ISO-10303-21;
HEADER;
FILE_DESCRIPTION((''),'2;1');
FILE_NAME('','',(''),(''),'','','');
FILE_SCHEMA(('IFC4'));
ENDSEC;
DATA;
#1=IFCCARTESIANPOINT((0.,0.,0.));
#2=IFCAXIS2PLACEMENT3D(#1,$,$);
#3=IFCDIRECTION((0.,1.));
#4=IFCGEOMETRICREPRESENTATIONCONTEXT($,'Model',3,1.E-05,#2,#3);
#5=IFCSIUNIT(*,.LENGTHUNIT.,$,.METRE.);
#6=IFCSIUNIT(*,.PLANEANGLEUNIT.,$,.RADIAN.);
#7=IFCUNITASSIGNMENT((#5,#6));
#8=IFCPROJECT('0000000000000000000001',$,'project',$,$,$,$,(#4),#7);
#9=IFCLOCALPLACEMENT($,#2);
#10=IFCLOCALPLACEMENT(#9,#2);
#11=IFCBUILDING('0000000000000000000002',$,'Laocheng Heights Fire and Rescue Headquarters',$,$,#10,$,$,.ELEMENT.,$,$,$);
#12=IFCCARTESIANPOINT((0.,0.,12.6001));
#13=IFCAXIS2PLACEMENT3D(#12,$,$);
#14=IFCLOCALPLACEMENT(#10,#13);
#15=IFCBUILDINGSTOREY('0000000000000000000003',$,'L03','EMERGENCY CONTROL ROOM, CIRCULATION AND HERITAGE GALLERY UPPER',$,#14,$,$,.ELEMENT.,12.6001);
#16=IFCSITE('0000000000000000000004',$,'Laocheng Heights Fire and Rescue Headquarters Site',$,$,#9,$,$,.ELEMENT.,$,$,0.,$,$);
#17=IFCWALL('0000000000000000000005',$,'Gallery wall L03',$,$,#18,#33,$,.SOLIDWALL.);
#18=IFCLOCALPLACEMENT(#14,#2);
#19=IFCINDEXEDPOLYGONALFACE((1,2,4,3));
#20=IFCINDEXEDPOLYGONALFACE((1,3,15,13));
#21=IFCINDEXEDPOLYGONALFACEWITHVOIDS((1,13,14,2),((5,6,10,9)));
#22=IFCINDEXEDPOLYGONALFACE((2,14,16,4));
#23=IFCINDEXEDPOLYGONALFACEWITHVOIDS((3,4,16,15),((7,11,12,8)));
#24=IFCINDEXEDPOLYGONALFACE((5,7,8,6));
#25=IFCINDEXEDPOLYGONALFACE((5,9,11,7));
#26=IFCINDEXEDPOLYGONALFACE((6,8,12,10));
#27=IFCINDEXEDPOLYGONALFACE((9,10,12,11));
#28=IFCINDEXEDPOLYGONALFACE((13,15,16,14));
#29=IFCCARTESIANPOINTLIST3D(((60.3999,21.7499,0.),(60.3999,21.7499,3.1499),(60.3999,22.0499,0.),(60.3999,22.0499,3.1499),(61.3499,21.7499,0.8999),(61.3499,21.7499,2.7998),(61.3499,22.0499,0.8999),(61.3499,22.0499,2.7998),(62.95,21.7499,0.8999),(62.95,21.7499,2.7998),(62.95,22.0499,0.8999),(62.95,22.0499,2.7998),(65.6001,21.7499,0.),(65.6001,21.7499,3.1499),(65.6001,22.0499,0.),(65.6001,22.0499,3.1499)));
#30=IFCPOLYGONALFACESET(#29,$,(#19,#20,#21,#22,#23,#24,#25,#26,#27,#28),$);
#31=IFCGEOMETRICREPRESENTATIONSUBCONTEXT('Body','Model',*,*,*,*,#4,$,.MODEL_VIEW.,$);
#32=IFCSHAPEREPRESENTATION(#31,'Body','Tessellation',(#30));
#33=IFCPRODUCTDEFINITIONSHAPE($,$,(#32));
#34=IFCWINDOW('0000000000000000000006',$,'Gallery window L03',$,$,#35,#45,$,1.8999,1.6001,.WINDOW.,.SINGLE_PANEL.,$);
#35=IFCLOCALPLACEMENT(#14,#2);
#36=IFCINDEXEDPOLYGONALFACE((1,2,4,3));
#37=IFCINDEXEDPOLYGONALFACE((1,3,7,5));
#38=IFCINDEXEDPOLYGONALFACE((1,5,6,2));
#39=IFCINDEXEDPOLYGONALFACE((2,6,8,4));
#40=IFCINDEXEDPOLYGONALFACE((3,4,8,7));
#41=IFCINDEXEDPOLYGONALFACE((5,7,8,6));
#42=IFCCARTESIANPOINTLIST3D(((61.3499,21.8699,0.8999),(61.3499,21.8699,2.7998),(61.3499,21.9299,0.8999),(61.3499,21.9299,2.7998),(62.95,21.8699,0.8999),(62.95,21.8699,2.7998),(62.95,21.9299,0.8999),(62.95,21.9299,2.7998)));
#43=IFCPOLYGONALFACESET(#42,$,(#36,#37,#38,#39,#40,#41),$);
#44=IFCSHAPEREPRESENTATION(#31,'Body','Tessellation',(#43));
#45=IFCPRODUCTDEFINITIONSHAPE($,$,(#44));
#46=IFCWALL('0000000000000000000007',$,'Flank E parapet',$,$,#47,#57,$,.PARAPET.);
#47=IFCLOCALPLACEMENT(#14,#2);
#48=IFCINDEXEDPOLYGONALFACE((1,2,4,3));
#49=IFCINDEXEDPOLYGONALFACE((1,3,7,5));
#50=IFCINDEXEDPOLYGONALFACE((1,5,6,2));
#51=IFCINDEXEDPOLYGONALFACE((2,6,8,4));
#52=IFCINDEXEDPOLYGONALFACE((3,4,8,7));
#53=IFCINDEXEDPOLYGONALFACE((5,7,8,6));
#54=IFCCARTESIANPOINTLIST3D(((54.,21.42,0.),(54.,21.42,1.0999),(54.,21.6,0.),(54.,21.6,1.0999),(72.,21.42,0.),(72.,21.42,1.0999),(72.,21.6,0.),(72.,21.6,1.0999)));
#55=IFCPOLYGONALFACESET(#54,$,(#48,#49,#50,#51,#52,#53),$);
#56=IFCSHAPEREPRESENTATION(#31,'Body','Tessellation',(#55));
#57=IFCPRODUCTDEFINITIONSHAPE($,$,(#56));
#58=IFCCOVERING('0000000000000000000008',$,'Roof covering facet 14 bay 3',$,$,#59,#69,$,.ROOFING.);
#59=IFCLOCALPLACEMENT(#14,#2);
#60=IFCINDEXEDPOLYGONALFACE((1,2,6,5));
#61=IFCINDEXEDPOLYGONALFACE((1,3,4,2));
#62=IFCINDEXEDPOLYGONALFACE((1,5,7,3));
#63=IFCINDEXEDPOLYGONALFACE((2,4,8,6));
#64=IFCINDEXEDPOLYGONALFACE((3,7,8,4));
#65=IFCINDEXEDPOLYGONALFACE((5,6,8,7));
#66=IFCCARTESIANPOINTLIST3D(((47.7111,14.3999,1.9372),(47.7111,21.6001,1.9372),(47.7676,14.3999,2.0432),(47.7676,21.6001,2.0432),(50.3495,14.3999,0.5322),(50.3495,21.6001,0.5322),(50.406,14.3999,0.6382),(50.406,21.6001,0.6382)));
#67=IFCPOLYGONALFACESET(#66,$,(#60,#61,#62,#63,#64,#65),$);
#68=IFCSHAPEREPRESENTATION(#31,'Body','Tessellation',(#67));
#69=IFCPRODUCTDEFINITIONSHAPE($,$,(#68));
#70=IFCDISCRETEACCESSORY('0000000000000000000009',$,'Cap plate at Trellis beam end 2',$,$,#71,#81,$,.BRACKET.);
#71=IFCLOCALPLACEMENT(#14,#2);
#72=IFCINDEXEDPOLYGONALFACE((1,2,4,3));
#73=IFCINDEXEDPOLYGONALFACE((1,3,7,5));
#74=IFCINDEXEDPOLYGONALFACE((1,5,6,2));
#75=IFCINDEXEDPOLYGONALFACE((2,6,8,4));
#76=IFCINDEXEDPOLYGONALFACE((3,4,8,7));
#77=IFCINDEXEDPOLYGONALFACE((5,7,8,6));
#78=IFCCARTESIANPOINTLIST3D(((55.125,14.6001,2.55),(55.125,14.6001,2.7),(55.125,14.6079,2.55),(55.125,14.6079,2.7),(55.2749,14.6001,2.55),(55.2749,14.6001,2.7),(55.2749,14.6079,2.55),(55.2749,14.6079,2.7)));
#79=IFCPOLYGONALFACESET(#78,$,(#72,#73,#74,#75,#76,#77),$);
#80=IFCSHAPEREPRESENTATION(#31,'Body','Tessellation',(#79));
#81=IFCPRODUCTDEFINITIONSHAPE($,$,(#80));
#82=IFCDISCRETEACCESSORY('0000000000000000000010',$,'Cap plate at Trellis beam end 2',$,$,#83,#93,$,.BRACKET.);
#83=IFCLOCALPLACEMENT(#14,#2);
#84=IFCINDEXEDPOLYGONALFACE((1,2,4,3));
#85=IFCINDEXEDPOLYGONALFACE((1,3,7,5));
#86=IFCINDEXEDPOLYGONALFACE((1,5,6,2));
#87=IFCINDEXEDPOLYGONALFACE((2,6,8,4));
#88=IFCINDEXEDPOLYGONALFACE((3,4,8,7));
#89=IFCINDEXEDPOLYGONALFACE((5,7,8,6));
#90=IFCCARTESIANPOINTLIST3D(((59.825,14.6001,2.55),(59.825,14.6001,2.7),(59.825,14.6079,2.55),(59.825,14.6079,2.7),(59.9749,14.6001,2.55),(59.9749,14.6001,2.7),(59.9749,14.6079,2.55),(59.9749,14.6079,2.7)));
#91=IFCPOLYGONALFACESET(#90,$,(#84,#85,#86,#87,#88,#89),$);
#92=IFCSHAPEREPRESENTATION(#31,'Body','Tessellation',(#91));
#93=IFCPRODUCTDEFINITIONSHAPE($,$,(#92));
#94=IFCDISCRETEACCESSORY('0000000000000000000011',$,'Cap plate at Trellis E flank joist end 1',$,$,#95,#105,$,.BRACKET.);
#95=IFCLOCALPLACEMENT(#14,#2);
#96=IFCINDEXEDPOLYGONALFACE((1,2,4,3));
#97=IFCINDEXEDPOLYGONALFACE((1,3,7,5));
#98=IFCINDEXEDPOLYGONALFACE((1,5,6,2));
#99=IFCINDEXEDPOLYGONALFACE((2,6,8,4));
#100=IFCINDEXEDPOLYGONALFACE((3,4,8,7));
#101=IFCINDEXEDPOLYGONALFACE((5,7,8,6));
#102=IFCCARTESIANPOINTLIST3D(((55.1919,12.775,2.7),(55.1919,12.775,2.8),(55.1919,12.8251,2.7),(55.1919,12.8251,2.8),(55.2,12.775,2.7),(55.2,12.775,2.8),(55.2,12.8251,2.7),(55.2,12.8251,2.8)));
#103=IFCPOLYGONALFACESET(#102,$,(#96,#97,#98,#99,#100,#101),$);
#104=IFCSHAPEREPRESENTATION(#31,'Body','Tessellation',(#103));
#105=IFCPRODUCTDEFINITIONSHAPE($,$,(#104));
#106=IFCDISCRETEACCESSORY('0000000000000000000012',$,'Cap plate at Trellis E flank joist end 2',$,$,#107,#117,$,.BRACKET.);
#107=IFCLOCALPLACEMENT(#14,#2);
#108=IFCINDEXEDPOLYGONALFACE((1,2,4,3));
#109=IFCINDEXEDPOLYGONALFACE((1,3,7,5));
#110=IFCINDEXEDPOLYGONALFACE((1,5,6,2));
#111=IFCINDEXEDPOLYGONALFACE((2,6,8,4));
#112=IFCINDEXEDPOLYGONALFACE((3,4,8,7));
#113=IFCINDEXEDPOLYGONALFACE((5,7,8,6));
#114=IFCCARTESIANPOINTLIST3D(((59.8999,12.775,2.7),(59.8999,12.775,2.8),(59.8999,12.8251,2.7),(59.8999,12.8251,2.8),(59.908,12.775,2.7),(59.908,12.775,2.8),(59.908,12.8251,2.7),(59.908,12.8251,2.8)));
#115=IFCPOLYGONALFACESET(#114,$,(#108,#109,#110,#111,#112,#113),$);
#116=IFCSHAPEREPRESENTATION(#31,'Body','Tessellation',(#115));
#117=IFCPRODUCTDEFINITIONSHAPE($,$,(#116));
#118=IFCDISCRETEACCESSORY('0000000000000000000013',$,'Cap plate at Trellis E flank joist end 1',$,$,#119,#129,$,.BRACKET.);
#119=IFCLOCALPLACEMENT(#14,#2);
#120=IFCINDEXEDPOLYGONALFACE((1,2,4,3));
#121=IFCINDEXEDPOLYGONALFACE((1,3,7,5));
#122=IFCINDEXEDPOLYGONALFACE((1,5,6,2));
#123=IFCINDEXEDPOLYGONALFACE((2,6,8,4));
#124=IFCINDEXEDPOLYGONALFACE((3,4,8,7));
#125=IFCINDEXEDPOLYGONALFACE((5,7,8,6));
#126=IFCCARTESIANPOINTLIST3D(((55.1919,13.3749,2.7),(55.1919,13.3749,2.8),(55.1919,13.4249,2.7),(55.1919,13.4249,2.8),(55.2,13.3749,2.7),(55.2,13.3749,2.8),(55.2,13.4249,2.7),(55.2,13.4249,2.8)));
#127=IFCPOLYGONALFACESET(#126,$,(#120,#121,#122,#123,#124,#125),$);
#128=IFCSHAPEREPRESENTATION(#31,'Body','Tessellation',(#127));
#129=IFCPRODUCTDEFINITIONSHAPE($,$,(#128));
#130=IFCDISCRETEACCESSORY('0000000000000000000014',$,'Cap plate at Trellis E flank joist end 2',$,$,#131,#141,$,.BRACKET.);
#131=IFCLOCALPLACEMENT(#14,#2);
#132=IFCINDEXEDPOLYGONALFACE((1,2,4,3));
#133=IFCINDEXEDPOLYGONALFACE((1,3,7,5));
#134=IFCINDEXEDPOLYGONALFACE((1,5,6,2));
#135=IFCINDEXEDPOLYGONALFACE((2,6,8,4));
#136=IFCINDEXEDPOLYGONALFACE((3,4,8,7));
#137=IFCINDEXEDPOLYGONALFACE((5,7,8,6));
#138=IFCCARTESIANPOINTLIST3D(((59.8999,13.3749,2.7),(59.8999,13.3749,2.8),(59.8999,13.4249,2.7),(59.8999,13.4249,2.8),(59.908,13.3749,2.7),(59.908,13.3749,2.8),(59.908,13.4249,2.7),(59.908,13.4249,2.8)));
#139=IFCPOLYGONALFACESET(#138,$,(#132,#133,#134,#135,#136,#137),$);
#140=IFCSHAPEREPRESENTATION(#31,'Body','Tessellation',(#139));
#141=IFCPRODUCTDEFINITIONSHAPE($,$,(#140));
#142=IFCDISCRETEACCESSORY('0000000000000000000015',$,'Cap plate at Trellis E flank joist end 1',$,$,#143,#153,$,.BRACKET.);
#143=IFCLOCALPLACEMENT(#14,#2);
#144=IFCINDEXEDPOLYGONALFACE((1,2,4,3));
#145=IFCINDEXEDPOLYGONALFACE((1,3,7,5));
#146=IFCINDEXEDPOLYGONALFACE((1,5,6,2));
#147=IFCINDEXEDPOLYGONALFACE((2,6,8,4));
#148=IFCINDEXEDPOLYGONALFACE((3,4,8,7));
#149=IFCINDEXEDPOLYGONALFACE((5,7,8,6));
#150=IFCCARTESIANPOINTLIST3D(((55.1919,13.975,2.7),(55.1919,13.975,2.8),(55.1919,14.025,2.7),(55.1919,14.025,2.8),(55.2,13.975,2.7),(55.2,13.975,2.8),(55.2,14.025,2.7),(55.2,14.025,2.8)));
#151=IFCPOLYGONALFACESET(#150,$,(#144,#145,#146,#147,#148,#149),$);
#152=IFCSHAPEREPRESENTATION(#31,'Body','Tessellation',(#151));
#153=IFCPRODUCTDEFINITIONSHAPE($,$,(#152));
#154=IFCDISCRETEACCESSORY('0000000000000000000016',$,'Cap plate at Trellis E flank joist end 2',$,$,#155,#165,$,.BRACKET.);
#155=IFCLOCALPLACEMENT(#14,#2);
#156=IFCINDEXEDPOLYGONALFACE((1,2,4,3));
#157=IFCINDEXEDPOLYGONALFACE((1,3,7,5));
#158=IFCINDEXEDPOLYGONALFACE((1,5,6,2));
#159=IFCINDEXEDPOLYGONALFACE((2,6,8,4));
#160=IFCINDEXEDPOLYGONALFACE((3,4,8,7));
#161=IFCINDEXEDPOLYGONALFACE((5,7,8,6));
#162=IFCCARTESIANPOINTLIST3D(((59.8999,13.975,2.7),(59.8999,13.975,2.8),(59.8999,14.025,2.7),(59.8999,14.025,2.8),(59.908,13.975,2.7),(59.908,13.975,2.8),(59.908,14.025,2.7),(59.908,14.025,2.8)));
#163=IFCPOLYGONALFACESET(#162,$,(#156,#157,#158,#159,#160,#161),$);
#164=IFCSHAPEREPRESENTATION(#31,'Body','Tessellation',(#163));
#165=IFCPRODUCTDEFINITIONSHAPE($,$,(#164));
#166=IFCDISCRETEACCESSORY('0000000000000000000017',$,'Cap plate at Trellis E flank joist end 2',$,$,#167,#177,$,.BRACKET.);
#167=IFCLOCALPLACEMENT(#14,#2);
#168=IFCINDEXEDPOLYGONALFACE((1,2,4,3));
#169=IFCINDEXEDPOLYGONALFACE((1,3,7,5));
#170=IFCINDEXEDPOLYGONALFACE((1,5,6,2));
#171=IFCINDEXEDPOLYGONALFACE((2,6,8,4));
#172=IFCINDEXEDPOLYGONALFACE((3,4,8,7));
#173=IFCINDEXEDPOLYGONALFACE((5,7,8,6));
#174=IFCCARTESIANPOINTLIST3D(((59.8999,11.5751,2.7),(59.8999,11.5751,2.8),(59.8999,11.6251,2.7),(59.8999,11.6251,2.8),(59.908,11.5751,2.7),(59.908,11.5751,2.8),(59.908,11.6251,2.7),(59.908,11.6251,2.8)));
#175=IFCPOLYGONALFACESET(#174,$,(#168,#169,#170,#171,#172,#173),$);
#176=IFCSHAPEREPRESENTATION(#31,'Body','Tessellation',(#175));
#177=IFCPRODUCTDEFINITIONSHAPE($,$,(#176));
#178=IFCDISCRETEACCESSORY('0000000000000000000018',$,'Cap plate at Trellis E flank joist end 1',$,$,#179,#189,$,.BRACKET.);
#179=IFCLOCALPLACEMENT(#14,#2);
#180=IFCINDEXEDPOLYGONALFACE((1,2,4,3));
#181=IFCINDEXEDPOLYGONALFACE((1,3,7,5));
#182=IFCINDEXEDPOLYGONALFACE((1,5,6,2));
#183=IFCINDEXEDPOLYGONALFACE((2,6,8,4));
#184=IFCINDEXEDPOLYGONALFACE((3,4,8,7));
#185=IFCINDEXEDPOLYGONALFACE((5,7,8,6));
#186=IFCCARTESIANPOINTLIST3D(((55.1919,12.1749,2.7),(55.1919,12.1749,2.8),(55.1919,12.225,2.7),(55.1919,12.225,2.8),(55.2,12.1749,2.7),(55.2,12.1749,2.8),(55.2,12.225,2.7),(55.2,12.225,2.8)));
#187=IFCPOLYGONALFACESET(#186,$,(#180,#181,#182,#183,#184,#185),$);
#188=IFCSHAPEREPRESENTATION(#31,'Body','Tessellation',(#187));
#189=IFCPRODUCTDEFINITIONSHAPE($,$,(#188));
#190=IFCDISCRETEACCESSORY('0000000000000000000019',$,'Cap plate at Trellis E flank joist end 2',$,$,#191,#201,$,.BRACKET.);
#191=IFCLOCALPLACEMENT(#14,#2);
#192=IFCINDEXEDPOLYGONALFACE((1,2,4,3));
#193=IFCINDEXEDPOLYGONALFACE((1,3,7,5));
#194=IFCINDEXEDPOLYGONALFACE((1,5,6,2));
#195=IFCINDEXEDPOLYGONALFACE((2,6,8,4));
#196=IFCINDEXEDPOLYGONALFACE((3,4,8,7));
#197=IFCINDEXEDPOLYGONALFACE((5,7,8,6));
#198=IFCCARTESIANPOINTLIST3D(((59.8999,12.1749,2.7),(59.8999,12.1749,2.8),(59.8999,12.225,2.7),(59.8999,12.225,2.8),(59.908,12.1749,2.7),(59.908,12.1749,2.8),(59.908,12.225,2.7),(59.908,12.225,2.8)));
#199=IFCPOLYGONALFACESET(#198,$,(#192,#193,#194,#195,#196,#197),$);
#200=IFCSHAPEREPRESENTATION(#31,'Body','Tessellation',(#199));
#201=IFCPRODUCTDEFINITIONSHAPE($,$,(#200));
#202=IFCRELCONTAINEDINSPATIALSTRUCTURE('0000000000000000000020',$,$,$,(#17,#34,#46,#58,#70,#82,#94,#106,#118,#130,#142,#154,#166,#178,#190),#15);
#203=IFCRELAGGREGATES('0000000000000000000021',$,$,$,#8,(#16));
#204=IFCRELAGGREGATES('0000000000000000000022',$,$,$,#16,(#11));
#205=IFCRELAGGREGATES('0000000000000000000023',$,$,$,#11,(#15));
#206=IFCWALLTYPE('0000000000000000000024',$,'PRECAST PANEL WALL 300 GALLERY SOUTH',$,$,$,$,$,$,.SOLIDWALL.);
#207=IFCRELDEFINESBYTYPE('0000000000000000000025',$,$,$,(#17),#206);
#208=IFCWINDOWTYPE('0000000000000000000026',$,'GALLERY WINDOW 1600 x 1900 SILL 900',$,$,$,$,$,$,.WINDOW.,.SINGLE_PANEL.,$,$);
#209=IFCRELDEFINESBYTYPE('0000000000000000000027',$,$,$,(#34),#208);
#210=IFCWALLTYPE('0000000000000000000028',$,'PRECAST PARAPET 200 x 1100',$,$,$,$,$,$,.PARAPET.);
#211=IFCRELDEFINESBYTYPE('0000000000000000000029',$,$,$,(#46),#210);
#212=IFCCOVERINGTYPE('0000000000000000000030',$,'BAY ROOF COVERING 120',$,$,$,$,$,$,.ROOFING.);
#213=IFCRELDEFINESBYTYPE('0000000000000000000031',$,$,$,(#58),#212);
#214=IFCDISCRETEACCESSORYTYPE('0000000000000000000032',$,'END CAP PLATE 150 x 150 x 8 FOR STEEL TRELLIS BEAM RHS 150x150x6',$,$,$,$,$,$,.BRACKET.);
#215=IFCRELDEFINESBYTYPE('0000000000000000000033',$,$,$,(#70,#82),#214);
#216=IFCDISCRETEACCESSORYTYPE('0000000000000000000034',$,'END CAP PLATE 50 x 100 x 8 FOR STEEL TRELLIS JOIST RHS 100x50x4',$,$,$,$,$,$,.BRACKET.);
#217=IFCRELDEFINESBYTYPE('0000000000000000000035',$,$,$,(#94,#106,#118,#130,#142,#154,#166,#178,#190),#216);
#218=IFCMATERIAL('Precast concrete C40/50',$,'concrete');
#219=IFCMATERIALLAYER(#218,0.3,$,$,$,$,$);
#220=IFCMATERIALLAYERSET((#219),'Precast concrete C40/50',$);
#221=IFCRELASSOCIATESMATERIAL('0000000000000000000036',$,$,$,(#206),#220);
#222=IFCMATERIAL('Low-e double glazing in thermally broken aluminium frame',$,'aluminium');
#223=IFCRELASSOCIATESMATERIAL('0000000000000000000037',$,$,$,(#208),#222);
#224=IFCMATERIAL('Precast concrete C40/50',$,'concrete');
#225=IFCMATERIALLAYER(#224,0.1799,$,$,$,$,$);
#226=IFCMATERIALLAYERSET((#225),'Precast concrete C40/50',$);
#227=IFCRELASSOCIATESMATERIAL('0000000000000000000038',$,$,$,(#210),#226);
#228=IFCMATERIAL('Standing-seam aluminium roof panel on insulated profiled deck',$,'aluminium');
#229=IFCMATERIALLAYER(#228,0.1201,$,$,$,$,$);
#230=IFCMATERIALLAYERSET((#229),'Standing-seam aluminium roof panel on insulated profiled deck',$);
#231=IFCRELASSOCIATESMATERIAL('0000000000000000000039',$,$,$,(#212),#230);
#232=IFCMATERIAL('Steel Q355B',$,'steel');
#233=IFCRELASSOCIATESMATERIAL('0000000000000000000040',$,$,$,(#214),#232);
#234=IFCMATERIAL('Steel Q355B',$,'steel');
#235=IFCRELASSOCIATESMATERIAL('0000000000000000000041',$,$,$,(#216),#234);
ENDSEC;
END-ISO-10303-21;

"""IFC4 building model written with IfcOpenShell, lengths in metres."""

from ifc_helpers import new_model, si_unit, direction, frame, frame_2d, origin, origin_2d, place, context, subcontext, project, spatial, polyline, rectangle, outline, extrude, material, layer, layer_set, material_profile, profile_set, type_object, element, fill, save


model = new_model("IFC4")

# Units and contexts
model_context = context("Model", 3, precision=1e-05, world=origin(), true_north=direction((0.0, 1.0)))
body_context = subcontext(model_context, "Body", "Model", "MODEL_VIEW")
ifc_project = project(units=[si_unit("LENGTHUNIT", "METRE"), si_unit("PLANEANGLEUNIT", "RADIAN")], contexts=[model_context])

# Site, building, storey
site_placement = place(None, origin())
site = spatial("IfcSite", under=ifc_project, at=site_placement, Name="Laocheng Heights Fire and Rescue Headquarters Site", CompositionType="ELEMENT", RefElevation=0.0)
building_placement = place(site_placement, origin())
building = spatial("IfcBuilding", under=site, at=building_placement, Name="Laocheng Heights Fire and Rescue Headquarters", CompositionType="ELEMENT")
storey_placement = place(building_placement, frame((0.0, 0.0, 12.6001)))
storey = spatial("IfcBuildingStorey", under=building, at=storey_placement, Name="L03", Description="EMERGENCY CONTROL ROOM, CIRCULATION AND HERITAGE GALLERY UPPER", CompositionType="ELEMENT", Elevation=12.6001)

# Shared definitions
ifc_material_1 = material(Name="Precast concrete C40/50", Category="concrete")
ifc_layer_1 = layer(ifc_material_1, 0.3)
ifc_layer_set_1 = layer_set([ifc_layer_1], Name="Precast concrete C40/50")
wall_type_1 = type_object("IfcWallType", Name="PRECAST PANEL WALL 300 GALLERY SOUTH", PredefinedType="SOLIDWALL", material=ifc_layer_set_1)

# Wall, opening, window
wall_1_placement = place(storey_placement, frame((60.3999, 21.8999, 0.0), z_axis=(0.0, 0.0, 1.0), x_axis=(1.0, 0.0, 0.0)))
wall_1 = element("IfcWall", 1, at=wall_1_placement, inside=storey, type_object=wall_type_1, Name="Gallery wall L03", PredefinedType="SOLIDWALL", context=body_context, shape_type="SweptSolid", body=[
    extrude(rectangle(XDim=5.2002, YDim=0.3, at=frame_2d((2.6001, 0.0))), origin(), (0.0, 0.0, 1.0), 3.1499),
])
opening_1_placement = place(wall_1_placement, frame((0.95, 0.0, 0.8999)))
opening_1 = element("IfcOpeningElement", 2, at=opening_1_placement, cuts=wall_1, PredefinedType="OPENING", context=body_context, shape_type="SweptSolid", body=[
    extrude(rectangle(XDim=1.6001, YDim=1.8999, at=frame_2d((0.8, 0.95))), frame((0.0, 0.1599, 0.0), z_axis=(0.0, -1.0, 0.0), x_axis=(1.0, 0.0, 0.0)), (0.0, 0.0, 1.0), 0.3201),
])
ifc_material_2 = material(Name="Low-e double glazing in thermally broken aluminium frame", Category="aluminium")
window_type = type_object("IfcWindowType", Name="GALLERY WINDOW 1600 x 1900 SILL 900", PartitioningType="SINGLE_PANEL", PredefinedType="WINDOW", material=ifc_material_2)
window_placement = place(opening_1_placement, origin())
window = element("IfcWindow", 3, at=window_placement, inside=storey, type_object=window_type, Name="Gallery window L03", OverallHeight=1.8999, OverallWidth=1.6001, PartitioningType="SINGLE_PANEL", PredefinedType="WINDOW", context=body_context, shape_type="SweptSolid", body=[
    extrude(rectangle(XDim=1.6001, YDim=1.8999, at=frame_2d((0.8, 0.95))), frame((0.0, 0.03, 0.0), z_axis=(0.0, -1.0, 0.0), x_axis=(1.0, 0.0, 0.0)), (0.0, 0.0, 1.0), 0.0601),
])
fill(opening_1, window)

# Wall
ifc_material_3 = material(Name="Precast concrete C40/50", Category="concrete")
ifc_layer_2 = layer(ifc_material_3, 0.1799)
ifc_layer_set_2 = layer_set([ifc_layer_2], Name="Precast concrete C40/50")
wall_type_2 = type_object("IfcWallType", Name="PRECAST PARAPET 200 x 1100", PredefinedType="PARAPET", material=ifc_layer_set_2)
wall_2_placement = place(storey_placement, frame((54.0, 21.51, 0.0), z_axis=(0.0, 0.0, 1.0), x_axis=(1.0, 0.0, 0.0)))
element("IfcWall", 4, at=wall_2_placement, inside=storey, type_object=wall_type_2, Name="Flank E parapet", PredefinedType="PARAPET", context=body_context, shape_type="SweptSolid", body=[
    extrude(rectangle(XDim=18.0, YDim=0.1799, at=frame_2d((9.0, 0.0))), origin(), (0.0, 0.0, 1.0), 1.0999),
])

# Covering
ifc_material_4 = material(Name="Standing-seam aluminium roof panel on insulated profiled deck", Category="aluminium")
ifc_layer_3 = layer(ifc_material_4, 0.1201)
ifc_layer_set_3 = layer_set([ifc_layer_3], Name="Standing-seam aluminium roof panel on insulated profiled deck")
covering_type = type_object("IfcCoveringType", Name="BAY ROOF COVERING 120", PredefinedType="ROOFING", material=ifc_layer_set_3)
covering_placement = place(storey_placement, frame((47.7676, 14.3999, 2.0432), z_axis=(0.470033, 0.0, 0.882649), x_axis=(0.882649, 0.0, -0.470033)))
element("IfcCovering", 5, at=covering_placement, inside=storey, type_object=covering_type, Name="Roof covering facet 14 bay 3", PredefinedType="ROOFING", context=body_context, shape_type="SweptSolid", body=[
    extrude(outline(polyline([(0.0, 0.0), (2.9892, 0.0), (2.9892, 7.2002), (0.0, 7.2002), (0.0, 0.0)])), origin(), (0.0, 0.0, -1.0), 0.1201),
])

# Discrete accessories
ifc_material_5 = material(Name="Steel Q355B", Category="steel")
ifc_material_profile_1 = material_profile(ifc_material_5, rectangle(XDim=0.1499, YDim=0.1499, at=origin_2d()), Name="END CAP PLATE 150 x 150 x 8 FOR STEEL TRELLIS BEAM RHS 150x150x6")
ifc_profile_set_1 = profile_set([ifc_material_profile_1], Name="Steel Q355B")
discrete_accessory_type_1 = type_object("IfcDiscreteAccessoryType", Name="END CAP PLATE 150 x 150 x 8 FOR STEEL TRELLIS BEAM RHS 150x150x6", PredefinedType="BRACKET", material=ifc_profile_set_1)
for number, where, z_axis, x_axis, name in (
    (6, (55.2, 14.6001, 2.625), (0.0, 1.0, 0.0), (-1.0, 0.0, 0.0), "Cap plate at Trellis beam end 2"),
    (7, (59.8999, 14.6001, 2.625), (0.0, 1.0, 0.0), (-1.0, 0.0, 0.0), "Cap plate at Trellis beam end 2"),
):
    element("IfcDiscreteAccessory", number, at=place(storey_placement, frame(where, z_axis=z_axis, x_axis=x_axis)), inside=storey, type_object=discrete_accessory_type_1, Name=name, PredefinedType="BRACKET", context=body_context, shape_type="SweptSolid", body=[
        extrude(rectangle(XDim=0.1499, YDim=0.1499, at=origin_2d()), origin(), (0.0, 0.0, 1.0), 0.0078),
    ])
ifc_material_6 = material(Name="Steel Q355B", Category="steel")
ifc_material_profile_2 = material_profile(ifc_material_6, rectangle(XDim=0.05, YDim=0.1001, at=origin_2d()), Name="END CAP PLATE 50 x 100 x 8 FOR STEEL TRELLIS JOIST RHS 100x50x4")
ifc_profile_set_2 = profile_set([ifc_material_profile_2], Name="Steel Q355B")
discrete_accessory_type_2 = type_object("IfcDiscreteAccessoryType", Name="END CAP PLATE 50 x 100 x 8 FOR STEEL TRELLIS JOIST RHS 100x50x4", PredefinedType="BRACKET", material=ifc_profile_set_2)
for number, where, z_axis, x_axis, name in (
    (8, (55.1919, 12.8, 2.75), (1.0, 0.0, 0.0), (0.0, 1.0, 0.0), "Cap plate at Trellis E flank joist end 1"),
    (9, (59.8999, 12.8, 2.75), (1.0, 0.0, 0.0), (0.0, 1.0, 0.0), "Cap plate at Trellis E flank joist end 2"),
    (10, (55.1919, 13.3999, 2.75), (1.0, 0.0, 0.0), (0.0, 1.0, 0.0), "Cap plate at Trellis E flank joist end 1"),
    (11, (59.8999, 13.3999, 2.75), (1.0, 0.0, 0.0), (0.0, 1.0, 0.0), "Cap plate at Trellis E flank joist end 2"),
    (12, (55.1919, 14.0, 2.75), (1.0, 0.0, 0.0), (0.0, 1.0, 0.0), "Cap plate at Trellis E flank joist end 1"),
    (13, (59.8999, 14.0, 2.75), (1.0, 0.0, 0.0), (0.0, 1.0, 0.0), "Cap plate at Trellis E flank joist end 2"),
    (14, (59.8999, 11.6001, 2.75), (1.0, 0.0, 0.0), (0.0, 1.0, 0.0), "Cap plate at Trellis E flank joist end 2"),
    (15, (55.1919, 12.2, 2.75), (1.0, 0.0, 0.0), (0.0, 1.0, 0.0), "Cap plate at Trellis E flank joist end 1"),
    (16, (59.8999, 12.2, 2.75), (1.0, 0.0, 0.0), (0.0, 1.0, 0.0), "Cap plate at Trellis E flank joist end 2"),
):
    element("IfcDiscreteAccessory", number, at=place(storey_placement, frame(where, z_axis=z_axis, x_axis=x_axis)), inside=storey, type_object=discrete_accessory_type_2, Name=name, PredefinedType="BRACKET", context=body_context, shape_type="SweptSolid", body=[
        extrude(rectangle(XDim=0.05, YDim=0.1001, at=origin_2d()), origin(), (0.0, 0.0, 1.0), 0.0081),
    ])

save(model, "model.ifc")
